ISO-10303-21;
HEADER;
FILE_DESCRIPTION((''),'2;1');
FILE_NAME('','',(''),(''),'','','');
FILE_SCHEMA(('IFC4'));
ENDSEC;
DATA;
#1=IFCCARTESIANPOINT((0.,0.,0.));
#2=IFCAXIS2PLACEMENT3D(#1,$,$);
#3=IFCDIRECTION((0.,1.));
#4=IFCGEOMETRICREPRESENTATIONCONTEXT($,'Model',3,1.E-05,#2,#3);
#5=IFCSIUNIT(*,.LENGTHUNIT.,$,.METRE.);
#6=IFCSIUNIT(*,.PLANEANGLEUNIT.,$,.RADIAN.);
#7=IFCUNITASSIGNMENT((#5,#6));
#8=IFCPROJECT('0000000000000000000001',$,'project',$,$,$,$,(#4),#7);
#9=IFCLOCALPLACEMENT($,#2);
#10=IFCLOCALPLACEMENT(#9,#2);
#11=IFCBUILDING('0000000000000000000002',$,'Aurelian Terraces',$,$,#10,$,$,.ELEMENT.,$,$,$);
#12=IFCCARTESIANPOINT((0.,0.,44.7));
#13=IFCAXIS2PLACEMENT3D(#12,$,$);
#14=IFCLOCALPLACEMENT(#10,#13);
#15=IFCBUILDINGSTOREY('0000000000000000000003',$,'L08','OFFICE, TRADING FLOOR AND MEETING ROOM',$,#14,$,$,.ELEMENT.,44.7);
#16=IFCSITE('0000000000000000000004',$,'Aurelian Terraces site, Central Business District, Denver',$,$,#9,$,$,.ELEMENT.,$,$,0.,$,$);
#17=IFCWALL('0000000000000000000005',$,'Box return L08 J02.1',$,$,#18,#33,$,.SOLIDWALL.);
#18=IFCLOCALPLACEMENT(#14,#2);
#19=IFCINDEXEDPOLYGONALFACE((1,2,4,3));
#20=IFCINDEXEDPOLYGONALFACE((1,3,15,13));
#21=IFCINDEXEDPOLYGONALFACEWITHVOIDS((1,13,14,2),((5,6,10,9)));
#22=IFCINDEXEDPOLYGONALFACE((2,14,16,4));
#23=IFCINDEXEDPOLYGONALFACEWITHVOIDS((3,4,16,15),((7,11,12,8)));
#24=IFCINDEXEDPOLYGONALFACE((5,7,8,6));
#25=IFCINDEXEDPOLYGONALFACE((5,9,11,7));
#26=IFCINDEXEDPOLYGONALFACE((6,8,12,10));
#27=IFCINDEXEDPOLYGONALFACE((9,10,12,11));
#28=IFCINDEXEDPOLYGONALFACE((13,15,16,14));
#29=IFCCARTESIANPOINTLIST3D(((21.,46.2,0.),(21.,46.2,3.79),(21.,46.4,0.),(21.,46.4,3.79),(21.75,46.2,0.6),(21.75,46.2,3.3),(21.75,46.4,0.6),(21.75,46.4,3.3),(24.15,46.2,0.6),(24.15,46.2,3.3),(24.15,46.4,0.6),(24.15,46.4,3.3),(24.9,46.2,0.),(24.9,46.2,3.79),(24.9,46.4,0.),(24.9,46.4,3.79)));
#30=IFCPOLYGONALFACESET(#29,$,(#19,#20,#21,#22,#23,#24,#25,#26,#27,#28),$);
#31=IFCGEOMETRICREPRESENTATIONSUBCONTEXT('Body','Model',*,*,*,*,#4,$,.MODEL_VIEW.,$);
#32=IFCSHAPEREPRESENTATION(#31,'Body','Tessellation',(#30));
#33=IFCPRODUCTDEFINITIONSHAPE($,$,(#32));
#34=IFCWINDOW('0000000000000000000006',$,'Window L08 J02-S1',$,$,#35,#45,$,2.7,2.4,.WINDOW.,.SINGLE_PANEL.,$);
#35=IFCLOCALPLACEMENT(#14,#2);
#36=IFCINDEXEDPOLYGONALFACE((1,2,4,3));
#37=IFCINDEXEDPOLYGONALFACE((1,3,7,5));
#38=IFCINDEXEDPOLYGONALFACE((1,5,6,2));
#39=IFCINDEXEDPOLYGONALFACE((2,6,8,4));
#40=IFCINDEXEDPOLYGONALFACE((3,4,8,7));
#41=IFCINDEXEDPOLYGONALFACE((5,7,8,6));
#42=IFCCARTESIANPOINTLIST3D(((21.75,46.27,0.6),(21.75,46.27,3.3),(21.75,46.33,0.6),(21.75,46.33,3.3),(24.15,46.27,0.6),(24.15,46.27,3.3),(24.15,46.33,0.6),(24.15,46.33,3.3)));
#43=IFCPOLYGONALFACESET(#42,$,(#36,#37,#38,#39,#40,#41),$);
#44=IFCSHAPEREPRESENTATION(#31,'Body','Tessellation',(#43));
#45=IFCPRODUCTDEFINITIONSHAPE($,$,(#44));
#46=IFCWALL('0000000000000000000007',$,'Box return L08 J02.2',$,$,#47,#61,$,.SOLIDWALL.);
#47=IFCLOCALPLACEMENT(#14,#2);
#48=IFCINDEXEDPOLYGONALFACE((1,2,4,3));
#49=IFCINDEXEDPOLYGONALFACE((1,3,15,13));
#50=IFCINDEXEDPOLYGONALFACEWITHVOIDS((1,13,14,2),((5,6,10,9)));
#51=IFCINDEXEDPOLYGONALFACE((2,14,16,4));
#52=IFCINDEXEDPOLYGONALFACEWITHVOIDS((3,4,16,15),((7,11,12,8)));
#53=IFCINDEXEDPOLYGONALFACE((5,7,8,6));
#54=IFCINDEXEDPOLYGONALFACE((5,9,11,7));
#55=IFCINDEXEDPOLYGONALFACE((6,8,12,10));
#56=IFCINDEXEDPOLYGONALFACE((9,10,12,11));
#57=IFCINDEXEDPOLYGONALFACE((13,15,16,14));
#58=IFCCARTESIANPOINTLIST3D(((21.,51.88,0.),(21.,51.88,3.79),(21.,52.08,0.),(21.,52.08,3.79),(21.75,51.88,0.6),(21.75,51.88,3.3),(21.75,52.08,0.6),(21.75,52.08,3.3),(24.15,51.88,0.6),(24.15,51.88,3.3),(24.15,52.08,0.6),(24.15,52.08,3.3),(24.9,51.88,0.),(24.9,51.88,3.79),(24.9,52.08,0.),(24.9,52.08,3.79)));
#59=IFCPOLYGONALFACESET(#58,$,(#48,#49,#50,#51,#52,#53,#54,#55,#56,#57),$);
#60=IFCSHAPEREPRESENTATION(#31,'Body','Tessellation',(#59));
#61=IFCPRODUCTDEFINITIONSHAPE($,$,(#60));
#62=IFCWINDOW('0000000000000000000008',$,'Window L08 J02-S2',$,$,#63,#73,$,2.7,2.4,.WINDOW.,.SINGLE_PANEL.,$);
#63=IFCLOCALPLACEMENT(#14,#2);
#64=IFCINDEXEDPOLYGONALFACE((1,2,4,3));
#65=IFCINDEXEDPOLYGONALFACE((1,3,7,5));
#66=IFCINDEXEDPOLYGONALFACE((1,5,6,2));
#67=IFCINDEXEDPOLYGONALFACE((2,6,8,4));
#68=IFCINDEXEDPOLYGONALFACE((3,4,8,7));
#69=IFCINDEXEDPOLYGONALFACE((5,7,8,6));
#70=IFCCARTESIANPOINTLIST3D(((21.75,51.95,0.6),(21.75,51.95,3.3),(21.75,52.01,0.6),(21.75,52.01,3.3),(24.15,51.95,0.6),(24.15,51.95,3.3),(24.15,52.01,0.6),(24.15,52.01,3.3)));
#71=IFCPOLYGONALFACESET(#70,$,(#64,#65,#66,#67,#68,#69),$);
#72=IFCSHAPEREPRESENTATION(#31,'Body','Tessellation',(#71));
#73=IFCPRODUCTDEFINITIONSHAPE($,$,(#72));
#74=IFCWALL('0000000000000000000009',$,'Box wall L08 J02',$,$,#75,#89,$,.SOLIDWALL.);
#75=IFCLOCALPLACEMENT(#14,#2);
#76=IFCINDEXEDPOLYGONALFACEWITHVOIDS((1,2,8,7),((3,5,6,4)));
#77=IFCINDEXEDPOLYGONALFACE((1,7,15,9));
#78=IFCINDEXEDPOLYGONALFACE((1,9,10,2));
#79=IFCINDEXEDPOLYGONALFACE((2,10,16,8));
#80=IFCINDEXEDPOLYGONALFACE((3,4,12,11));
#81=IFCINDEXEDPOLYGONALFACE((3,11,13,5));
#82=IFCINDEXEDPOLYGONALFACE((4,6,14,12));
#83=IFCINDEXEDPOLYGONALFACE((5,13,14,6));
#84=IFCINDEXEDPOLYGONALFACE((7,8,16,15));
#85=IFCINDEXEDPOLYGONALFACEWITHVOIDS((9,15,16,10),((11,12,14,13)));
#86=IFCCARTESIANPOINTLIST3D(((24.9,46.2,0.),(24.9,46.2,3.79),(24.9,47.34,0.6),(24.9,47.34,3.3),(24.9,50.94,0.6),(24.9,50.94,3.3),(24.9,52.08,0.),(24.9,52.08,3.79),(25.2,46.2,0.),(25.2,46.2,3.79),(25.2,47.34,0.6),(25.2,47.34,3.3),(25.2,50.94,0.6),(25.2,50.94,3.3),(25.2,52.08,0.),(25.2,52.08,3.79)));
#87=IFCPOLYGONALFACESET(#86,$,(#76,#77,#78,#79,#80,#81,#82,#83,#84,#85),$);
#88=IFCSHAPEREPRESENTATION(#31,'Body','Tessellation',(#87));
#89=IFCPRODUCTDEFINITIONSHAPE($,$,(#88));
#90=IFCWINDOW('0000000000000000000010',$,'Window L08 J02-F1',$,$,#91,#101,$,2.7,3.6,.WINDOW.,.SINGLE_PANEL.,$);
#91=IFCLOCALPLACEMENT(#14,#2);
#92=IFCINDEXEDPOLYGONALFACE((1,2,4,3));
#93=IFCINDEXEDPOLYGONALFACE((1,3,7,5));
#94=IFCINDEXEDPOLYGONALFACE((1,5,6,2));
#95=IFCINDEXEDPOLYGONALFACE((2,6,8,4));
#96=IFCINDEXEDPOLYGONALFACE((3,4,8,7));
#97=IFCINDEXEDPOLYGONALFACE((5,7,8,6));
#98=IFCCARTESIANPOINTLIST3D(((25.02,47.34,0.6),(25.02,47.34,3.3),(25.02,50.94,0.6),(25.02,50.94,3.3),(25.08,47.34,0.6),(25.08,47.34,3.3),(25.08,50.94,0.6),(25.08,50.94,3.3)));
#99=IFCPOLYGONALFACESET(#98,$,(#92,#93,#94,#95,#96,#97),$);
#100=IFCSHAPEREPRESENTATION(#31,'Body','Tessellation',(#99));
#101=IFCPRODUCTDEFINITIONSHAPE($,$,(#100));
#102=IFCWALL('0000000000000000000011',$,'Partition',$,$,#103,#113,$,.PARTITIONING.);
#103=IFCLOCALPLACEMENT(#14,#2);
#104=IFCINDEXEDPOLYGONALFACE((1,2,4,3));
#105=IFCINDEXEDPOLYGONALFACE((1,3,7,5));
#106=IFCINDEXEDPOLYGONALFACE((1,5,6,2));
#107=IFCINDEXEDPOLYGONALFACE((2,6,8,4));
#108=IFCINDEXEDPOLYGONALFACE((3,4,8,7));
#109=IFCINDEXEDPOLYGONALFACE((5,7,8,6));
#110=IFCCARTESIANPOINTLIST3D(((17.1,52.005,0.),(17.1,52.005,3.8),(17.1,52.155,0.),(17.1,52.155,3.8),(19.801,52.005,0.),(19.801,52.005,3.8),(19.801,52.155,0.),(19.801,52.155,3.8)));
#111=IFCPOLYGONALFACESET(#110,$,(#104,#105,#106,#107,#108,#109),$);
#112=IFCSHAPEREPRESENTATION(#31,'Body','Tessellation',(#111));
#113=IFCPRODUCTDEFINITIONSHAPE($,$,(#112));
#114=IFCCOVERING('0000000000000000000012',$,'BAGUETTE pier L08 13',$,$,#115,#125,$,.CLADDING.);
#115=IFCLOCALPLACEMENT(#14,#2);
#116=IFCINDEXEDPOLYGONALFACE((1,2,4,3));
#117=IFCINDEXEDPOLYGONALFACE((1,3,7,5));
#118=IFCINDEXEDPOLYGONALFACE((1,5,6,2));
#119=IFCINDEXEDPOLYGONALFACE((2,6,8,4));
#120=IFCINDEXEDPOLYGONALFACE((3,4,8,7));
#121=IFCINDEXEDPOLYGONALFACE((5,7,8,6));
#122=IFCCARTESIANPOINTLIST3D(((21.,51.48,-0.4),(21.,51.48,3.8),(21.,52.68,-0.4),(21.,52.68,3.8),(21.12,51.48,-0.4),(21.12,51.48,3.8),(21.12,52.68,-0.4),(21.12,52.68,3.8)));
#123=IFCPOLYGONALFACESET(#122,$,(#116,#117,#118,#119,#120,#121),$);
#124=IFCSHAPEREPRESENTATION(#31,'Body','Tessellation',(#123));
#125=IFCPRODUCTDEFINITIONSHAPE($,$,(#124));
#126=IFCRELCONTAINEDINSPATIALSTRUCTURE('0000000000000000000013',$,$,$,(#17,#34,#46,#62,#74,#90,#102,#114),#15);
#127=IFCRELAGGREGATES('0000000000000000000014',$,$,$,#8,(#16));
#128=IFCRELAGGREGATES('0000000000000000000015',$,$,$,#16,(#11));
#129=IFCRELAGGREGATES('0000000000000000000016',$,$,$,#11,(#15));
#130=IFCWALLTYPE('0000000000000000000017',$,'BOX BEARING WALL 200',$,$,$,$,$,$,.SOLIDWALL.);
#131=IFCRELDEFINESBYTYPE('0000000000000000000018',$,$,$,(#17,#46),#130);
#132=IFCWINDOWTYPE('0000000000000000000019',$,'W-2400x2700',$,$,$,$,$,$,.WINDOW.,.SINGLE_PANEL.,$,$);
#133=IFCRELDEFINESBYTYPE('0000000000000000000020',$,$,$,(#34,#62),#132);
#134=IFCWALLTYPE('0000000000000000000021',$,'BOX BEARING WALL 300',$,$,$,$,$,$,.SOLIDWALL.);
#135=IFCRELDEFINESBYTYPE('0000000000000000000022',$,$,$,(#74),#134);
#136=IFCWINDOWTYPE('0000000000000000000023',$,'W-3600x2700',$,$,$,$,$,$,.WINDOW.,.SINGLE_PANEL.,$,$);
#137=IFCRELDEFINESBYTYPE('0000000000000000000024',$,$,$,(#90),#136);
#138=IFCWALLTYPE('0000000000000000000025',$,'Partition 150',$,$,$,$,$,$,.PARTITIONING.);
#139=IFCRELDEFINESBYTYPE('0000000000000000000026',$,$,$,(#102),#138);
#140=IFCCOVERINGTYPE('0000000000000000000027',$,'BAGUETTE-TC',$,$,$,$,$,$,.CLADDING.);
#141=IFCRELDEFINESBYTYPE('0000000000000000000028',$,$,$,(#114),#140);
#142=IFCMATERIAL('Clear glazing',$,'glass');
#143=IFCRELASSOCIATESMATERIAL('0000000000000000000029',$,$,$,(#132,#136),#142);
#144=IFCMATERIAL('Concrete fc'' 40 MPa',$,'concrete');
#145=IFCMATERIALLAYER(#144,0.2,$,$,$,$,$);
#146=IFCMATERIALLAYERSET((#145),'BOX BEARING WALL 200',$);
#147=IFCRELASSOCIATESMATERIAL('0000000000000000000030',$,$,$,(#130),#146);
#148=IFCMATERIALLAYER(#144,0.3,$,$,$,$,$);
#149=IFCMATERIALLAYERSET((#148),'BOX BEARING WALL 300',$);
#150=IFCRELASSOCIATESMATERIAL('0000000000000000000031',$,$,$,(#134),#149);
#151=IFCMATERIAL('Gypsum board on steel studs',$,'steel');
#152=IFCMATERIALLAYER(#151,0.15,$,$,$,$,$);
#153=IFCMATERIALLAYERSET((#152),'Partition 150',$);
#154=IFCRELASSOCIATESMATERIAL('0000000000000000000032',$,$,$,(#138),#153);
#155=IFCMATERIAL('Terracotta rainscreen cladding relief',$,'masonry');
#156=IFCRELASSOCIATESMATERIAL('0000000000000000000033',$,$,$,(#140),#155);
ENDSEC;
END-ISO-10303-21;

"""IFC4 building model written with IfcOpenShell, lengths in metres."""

from ifc_helpers import new_model, si_unit, direction, frame, frame_2d, origin, origin_2d, place, context, subcontext, project, spatial, rectangle, extrude, source, transform, mapped, material, layer, layer_set, type_object, element, fill, save


model = new_model("IFC4")

# Units and contexts
model_context = context("Model", 3, precision=1e-05, world=origin(), true_north=direction((0.0, 1.0)))
body_context = subcontext(model_context, "Body", "Model", "MODEL_VIEW")
ifc_project = project(units=[si_unit("LENGTHUNIT", "METRE"), si_unit("PLANEANGLEUNIT", "RADIAN")], contexts=[model_context])

# Site, building, storey
site_placement = place(None, origin())
site = spatial("IfcSite", under=ifc_project, at=site_placement, Name="Aurelian Terraces site, Central Business District, Denver", CompositionType="ELEMENT", RefElevation=0.0)
building_placement = place(site_placement, origin())
building = spatial("IfcBuilding", under=site, at=building_placement, Name="Aurelian Terraces", CompositionType="ELEMENT")
storey_placement = place(building_placement, frame((0.0, 0.0, 44.7)))
storey = spatial("IfcBuildingStorey", under=building, at=storey_placement, Name="L08", Description="OFFICE, TRADING FLOOR AND MEETING ROOM", CompositionType="ELEMENT", Elevation=44.7)

# Walls, openings, windows
ifc_material_1 = material(Name="Clear glazing", Category="glass")
window_type_1 = type_object("IfcWindowType", Name="W-2400x2700", PartitioningType="SINGLE_PANEL", PredefinedType="WINDOW", material=ifc_material_1)
shared_shape_1 = source(origin(), body_context, "Body", "SweptSolid", [
    extrude(rectangle(XDim=2.4, YDim=2.7, at=frame_2d((1.2, 1.35))), frame((0.0, 0.03, 0.0), z_axis=(0.0, -1.0, 0.0), x_axis=(1.0, 0.0, 0.0)), (0.0, 0.0, 1.0), 0.06),
])
ifc_material_2 = material(Name="Concrete fc' 40 MPa", Category="concrete")
ifc_layer_1 = layer(ifc_material_2, 0.2)
ifc_layer_set_1 = layer_set([ifc_layer_1], Name="BOX BEARING WALL 200")
wall_type_1 = type_object("IfcWallType", Name="BOX BEARING WALL 200", PredefinedType="SOLIDWALL", material=ifc_layer_set_1)
shared_shape_2 = source(origin(), body_context, "Body", "SweptSolid", [
    extrude(rectangle(XDim=3.9, YDim=0.2, at=frame_2d((1.95, 0.0))), origin(), (0.0, 0.0, 1.0), 3.79),
])
wall_1_placement = place(storey_placement, frame((21.0, 46.3, 0.0), z_axis=(0.0, 0.0, 1.0), x_axis=(1.0, 0.0, 0.0)))
wall_1 = element("IfcWall", 1, at=wall_1_placement, inside=storey, type_object=wall_type_1, Name="Box return L08 J02.1", PredefinedType="SOLIDWALL", context=body_context, shape_type="MappedRepresentation", body=[
    mapped(shared_shape_2, transform((0.0, 0.0, 0.0), scale=1.0)),
])
shared_shape_3 = source(origin(), body_context, "Body", "SweptSolid", [
    extrude(rectangle(XDim=2.4, YDim=2.7, at=frame_2d((1.2, 1.35))), frame((0.0, 0.11, 0.0), z_axis=(0.0, -1.0, 0.0), x_axis=(1.0, 0.0, 0.0)), (0.0, 0.0, 1.0), 0.22),
])
opening_1_placement = place(wall_1_placement, frame((0.75, 0.0, 0.6)))
opening_1 = element("IfcOpeningElement", 2, at=opening_1_placement, cuts=wall_1, PredefinedType="OPENING", context=body_context, shape_type="MappedRepresentation", body=[
    mapped(shared_shape_3, transform((0.0, 0.0, 0.0), scale=1.0)),
])
window_1_placement = place(opening_1_placement, origin())
window_1 = element("IfcWindow", 3, at=window_1_placement, inside=storey, type_object=window_type_1, Name="Window L08 J02-S1", OverallHeight=2.7, OverallWidth=2.4, PartitioningType="SINGLE_PANEL", PredefinedType="WINDOW", context=body_context, shape_type="MappedRepresentation", body=[
    mapped(shared_shape_1, transform((0.0, 0.0, 0.0), scale=1.0)),
])
fill(opening_1, window_1)
wall_2_placement = place(storey_placement, frame((21.0, 51.98, 0.0), z_axis=(0.0, 0.0, 1.0), x_axis=(1.0, 0.0, 0.0)))
wall_2 = element("IfcWall", 4, at=wall_2_placement, inside=storey, type_object=wall_type_1, Name="Box return L08 J02.2", PredefinedType="SOLIDWALL", context=body_context, shape_type="MappedRepresentation", body=[
    mapped(shared_shape_2, transform((0.0, 0.0, 0.0), scale=1.0)),
])
opening_2_placement = place(wall_2_placement, frame((0.75, 0.0, 0.6)))
opening_2 = element("IfcOpeningElement", 5, at=opening_2_placement, cuts=wall_2, PredefinedType="OPENING", context=body_context, shape_type="MappedRepresentation", body=[
    mapped(shared_shape_3, transform((0.0, 0.0, 0.0), scale=1.0)),
])
window_2_placement = place(opening_2_placement, origin())
window_2 = element("IfcWindow", 6, at=window_2_placement, inside=storey, type_object=window_type_1, Name="Window L08 J02-S2", OverallHeight=2.7, OverallWidth=2.4, PartitioningType="SINGLE_PANEL", PredefinedType="WINDOW", context=body_context, shape_type="MappedRepresentation", body=[
    mapped(shared_shape_1, transform((0.0, 0.0, 0.0), scale=1.0)),
])
fill(opening_2, window_2)
ifc_layer_2 = layer(ifc_material_2, 0.3)
ifc_layer_set_2 = layer_set([ifc_layer_2], Name="BOX BEARING WALL 300")
wall_type_2 = type_object("IfcWallType", Name="BOX BEARING WALL 300", PredefinedType="SOLIDWALL", material=ifc_layer_set_2)
shared_shape_4 = source(origin(), body_context, "Body", "SweptSolid", [
    extrude(rectangle(XDim=5.88, YDim=0.3, at=frame_2d((2.94, 0.0))), origin(), (0.0, 0.0, 1.0), 3.79),
])
wall_3_placement = place(storey_placement, frame((25.05, 46.2, 0.0), z_axis=(0.0, 0.0, 1.0), x_axis=(0.0, 1.0, 0.0)))
wall_3 = element("IfcWall", 7, at=wall_3_placement, inside=storey, type_object=wall_type_2, Name="Box wall L08 J02", PredefinedType="SOLIDWALL", context=body_context, shape_type="MappedRepresentation", body=[
    mapped(shared_shape_4, transform((0.0, 0.0, 0.0), scale=1.0)),
])
shared_shape_5 = source(origin(), body_context, "Body", "SweptSolid", [
    extrude(rectangle(XDim=3.6, YDim=2.7, at=frame_2d((1.8, 1.35))), frame((0.0, 0.16, 0.0), z_axis=(0.0, -1.0, 0.0), x_axis=(1.0, 0.0, 0.0)), (0.0, 0.0, 1.0), 0.32),
])
opening_3_placement = place(wall_3_placement, frame((1.14, 0.0, 0.6)))
opening_3 = element("IfcOpeningElement", 8, at=opening_3_placement, cuts=wall_3, PredefinedType="OPENING", context=body_context, shape_type="MappedRepresentation", body=[
    mapped(shared_shape_5, transform((0.0, 0.0, 0.0), scale=1.0)),
])
window_type_2 = type_object("IfcWindowType", Name="W-3600x2700", PartitioningType="SINGLE_PANEL", PredefinedType="WINDOW", material=ifc_material_1)
shared_shape_6 = source(origin(), body_context, "Body", "SweptSolid", [
    extrude(rectangle(XDim=3.6, YDim=2.7, at=frame_2d((1.8, 1.35))), frame((0.0, 0.03, 0.0), z_axis=(0.0, -1.0, 0.0), x_axis=(1.0, 0.0, 0.0)), (0.0, 0.0, 1.0), 0.06),
])
window_3_placement = place(opening_3_placement, origin())
window_3 = element("IfcWindow", 9, at=window_3_placement, inside=storey, type_object=window_type_2, Name="Window L08 J02-F1", OverallHeight=2.7, OverallWidth=3.6, PartitioningType="SINGLE_PANEL", PredefinedType="WINDOW", context=body_context, shape_type="MappedRepresentation", body=[
    mapped(shared_shape_6, transform((0.0, 0.0, 0.0), scale=1.0)),
])
fill(opening_3, window_3)

# Wall
ifc_material_3 = material(Name="Gypsum board on steel studs", Category="steel")
ifc_layer_3 = layer(ifc_material_3, 0.15)
ifc_layer_set_3 = layer_set([ifc_layer_3], Name="Partition 150")
wall_type_3 = type_object("IfcWallType", Name="Partition 150", PredefinedType="PARTITIONING", material=ifc_layer_set_3)
shared_shape_7 = source(origin(), body_context, "Body", "SweptSolid", [
    extrude(rectangle(XDim=2.701, YDim=0.15, at=frame_2d((1.3505, 0.0))), origin(), (0.0, 0.0, 1.0), 3.8),
])
wall_4_placement = place(storey_placement, frame((19.801, 52.08, 0.0), z_axis=(0.0, 0.0, 1.0), x_axis=(-1.0, 0.0, 0.0)))
element("IfcWall", 10, at=wall_4_placement, inside=storey, type_object=wall_type_3, Name="Partition", PredefinedType="PARTITIONING", context=body_context, shape_type="MappedRepresentation", body=[
    mapped(shared_shape_7, transform((0.0, 0.0, 0.0), scale=1.0)),
])

# Covering
ifc_material_4 = material(Name="Terracotta rainscreen cladding relief", Category="masonry")
covering_type = type_object("IfcCoveringType", Name="BAGUETTE-TC", PredefinedType="CLADDING", material=ifc_material_4)
shared_shape_8 = source(origin(), body_context, "Body", "SweptSolid", [
    extrude(rectangle(XDim=0.12, YDim=1.2, at=origin_2d()), origin(), (0.0, 0.0, 1.0), 4.2),
])
covering_placement = place(storey_placement, frame((21.06, 52.08, -0.4), z_axis=(0.0, 0.0, 1.0), x_axis=(1.0, 0.0, 0.0)))
element("IfcCovering", 11, at=covering_placement, inside=storey, type_object=covering_type, Name="BAGUETTE pier L08 13", PredefinedType="CLADDING", context=body_context, shape_type="MappedRepresentation", body=[
    mapped(shared_shape_8, transform((0.0, 0.0, 0.0), scale=1.0)),
])

save(model, "model.ifc")
